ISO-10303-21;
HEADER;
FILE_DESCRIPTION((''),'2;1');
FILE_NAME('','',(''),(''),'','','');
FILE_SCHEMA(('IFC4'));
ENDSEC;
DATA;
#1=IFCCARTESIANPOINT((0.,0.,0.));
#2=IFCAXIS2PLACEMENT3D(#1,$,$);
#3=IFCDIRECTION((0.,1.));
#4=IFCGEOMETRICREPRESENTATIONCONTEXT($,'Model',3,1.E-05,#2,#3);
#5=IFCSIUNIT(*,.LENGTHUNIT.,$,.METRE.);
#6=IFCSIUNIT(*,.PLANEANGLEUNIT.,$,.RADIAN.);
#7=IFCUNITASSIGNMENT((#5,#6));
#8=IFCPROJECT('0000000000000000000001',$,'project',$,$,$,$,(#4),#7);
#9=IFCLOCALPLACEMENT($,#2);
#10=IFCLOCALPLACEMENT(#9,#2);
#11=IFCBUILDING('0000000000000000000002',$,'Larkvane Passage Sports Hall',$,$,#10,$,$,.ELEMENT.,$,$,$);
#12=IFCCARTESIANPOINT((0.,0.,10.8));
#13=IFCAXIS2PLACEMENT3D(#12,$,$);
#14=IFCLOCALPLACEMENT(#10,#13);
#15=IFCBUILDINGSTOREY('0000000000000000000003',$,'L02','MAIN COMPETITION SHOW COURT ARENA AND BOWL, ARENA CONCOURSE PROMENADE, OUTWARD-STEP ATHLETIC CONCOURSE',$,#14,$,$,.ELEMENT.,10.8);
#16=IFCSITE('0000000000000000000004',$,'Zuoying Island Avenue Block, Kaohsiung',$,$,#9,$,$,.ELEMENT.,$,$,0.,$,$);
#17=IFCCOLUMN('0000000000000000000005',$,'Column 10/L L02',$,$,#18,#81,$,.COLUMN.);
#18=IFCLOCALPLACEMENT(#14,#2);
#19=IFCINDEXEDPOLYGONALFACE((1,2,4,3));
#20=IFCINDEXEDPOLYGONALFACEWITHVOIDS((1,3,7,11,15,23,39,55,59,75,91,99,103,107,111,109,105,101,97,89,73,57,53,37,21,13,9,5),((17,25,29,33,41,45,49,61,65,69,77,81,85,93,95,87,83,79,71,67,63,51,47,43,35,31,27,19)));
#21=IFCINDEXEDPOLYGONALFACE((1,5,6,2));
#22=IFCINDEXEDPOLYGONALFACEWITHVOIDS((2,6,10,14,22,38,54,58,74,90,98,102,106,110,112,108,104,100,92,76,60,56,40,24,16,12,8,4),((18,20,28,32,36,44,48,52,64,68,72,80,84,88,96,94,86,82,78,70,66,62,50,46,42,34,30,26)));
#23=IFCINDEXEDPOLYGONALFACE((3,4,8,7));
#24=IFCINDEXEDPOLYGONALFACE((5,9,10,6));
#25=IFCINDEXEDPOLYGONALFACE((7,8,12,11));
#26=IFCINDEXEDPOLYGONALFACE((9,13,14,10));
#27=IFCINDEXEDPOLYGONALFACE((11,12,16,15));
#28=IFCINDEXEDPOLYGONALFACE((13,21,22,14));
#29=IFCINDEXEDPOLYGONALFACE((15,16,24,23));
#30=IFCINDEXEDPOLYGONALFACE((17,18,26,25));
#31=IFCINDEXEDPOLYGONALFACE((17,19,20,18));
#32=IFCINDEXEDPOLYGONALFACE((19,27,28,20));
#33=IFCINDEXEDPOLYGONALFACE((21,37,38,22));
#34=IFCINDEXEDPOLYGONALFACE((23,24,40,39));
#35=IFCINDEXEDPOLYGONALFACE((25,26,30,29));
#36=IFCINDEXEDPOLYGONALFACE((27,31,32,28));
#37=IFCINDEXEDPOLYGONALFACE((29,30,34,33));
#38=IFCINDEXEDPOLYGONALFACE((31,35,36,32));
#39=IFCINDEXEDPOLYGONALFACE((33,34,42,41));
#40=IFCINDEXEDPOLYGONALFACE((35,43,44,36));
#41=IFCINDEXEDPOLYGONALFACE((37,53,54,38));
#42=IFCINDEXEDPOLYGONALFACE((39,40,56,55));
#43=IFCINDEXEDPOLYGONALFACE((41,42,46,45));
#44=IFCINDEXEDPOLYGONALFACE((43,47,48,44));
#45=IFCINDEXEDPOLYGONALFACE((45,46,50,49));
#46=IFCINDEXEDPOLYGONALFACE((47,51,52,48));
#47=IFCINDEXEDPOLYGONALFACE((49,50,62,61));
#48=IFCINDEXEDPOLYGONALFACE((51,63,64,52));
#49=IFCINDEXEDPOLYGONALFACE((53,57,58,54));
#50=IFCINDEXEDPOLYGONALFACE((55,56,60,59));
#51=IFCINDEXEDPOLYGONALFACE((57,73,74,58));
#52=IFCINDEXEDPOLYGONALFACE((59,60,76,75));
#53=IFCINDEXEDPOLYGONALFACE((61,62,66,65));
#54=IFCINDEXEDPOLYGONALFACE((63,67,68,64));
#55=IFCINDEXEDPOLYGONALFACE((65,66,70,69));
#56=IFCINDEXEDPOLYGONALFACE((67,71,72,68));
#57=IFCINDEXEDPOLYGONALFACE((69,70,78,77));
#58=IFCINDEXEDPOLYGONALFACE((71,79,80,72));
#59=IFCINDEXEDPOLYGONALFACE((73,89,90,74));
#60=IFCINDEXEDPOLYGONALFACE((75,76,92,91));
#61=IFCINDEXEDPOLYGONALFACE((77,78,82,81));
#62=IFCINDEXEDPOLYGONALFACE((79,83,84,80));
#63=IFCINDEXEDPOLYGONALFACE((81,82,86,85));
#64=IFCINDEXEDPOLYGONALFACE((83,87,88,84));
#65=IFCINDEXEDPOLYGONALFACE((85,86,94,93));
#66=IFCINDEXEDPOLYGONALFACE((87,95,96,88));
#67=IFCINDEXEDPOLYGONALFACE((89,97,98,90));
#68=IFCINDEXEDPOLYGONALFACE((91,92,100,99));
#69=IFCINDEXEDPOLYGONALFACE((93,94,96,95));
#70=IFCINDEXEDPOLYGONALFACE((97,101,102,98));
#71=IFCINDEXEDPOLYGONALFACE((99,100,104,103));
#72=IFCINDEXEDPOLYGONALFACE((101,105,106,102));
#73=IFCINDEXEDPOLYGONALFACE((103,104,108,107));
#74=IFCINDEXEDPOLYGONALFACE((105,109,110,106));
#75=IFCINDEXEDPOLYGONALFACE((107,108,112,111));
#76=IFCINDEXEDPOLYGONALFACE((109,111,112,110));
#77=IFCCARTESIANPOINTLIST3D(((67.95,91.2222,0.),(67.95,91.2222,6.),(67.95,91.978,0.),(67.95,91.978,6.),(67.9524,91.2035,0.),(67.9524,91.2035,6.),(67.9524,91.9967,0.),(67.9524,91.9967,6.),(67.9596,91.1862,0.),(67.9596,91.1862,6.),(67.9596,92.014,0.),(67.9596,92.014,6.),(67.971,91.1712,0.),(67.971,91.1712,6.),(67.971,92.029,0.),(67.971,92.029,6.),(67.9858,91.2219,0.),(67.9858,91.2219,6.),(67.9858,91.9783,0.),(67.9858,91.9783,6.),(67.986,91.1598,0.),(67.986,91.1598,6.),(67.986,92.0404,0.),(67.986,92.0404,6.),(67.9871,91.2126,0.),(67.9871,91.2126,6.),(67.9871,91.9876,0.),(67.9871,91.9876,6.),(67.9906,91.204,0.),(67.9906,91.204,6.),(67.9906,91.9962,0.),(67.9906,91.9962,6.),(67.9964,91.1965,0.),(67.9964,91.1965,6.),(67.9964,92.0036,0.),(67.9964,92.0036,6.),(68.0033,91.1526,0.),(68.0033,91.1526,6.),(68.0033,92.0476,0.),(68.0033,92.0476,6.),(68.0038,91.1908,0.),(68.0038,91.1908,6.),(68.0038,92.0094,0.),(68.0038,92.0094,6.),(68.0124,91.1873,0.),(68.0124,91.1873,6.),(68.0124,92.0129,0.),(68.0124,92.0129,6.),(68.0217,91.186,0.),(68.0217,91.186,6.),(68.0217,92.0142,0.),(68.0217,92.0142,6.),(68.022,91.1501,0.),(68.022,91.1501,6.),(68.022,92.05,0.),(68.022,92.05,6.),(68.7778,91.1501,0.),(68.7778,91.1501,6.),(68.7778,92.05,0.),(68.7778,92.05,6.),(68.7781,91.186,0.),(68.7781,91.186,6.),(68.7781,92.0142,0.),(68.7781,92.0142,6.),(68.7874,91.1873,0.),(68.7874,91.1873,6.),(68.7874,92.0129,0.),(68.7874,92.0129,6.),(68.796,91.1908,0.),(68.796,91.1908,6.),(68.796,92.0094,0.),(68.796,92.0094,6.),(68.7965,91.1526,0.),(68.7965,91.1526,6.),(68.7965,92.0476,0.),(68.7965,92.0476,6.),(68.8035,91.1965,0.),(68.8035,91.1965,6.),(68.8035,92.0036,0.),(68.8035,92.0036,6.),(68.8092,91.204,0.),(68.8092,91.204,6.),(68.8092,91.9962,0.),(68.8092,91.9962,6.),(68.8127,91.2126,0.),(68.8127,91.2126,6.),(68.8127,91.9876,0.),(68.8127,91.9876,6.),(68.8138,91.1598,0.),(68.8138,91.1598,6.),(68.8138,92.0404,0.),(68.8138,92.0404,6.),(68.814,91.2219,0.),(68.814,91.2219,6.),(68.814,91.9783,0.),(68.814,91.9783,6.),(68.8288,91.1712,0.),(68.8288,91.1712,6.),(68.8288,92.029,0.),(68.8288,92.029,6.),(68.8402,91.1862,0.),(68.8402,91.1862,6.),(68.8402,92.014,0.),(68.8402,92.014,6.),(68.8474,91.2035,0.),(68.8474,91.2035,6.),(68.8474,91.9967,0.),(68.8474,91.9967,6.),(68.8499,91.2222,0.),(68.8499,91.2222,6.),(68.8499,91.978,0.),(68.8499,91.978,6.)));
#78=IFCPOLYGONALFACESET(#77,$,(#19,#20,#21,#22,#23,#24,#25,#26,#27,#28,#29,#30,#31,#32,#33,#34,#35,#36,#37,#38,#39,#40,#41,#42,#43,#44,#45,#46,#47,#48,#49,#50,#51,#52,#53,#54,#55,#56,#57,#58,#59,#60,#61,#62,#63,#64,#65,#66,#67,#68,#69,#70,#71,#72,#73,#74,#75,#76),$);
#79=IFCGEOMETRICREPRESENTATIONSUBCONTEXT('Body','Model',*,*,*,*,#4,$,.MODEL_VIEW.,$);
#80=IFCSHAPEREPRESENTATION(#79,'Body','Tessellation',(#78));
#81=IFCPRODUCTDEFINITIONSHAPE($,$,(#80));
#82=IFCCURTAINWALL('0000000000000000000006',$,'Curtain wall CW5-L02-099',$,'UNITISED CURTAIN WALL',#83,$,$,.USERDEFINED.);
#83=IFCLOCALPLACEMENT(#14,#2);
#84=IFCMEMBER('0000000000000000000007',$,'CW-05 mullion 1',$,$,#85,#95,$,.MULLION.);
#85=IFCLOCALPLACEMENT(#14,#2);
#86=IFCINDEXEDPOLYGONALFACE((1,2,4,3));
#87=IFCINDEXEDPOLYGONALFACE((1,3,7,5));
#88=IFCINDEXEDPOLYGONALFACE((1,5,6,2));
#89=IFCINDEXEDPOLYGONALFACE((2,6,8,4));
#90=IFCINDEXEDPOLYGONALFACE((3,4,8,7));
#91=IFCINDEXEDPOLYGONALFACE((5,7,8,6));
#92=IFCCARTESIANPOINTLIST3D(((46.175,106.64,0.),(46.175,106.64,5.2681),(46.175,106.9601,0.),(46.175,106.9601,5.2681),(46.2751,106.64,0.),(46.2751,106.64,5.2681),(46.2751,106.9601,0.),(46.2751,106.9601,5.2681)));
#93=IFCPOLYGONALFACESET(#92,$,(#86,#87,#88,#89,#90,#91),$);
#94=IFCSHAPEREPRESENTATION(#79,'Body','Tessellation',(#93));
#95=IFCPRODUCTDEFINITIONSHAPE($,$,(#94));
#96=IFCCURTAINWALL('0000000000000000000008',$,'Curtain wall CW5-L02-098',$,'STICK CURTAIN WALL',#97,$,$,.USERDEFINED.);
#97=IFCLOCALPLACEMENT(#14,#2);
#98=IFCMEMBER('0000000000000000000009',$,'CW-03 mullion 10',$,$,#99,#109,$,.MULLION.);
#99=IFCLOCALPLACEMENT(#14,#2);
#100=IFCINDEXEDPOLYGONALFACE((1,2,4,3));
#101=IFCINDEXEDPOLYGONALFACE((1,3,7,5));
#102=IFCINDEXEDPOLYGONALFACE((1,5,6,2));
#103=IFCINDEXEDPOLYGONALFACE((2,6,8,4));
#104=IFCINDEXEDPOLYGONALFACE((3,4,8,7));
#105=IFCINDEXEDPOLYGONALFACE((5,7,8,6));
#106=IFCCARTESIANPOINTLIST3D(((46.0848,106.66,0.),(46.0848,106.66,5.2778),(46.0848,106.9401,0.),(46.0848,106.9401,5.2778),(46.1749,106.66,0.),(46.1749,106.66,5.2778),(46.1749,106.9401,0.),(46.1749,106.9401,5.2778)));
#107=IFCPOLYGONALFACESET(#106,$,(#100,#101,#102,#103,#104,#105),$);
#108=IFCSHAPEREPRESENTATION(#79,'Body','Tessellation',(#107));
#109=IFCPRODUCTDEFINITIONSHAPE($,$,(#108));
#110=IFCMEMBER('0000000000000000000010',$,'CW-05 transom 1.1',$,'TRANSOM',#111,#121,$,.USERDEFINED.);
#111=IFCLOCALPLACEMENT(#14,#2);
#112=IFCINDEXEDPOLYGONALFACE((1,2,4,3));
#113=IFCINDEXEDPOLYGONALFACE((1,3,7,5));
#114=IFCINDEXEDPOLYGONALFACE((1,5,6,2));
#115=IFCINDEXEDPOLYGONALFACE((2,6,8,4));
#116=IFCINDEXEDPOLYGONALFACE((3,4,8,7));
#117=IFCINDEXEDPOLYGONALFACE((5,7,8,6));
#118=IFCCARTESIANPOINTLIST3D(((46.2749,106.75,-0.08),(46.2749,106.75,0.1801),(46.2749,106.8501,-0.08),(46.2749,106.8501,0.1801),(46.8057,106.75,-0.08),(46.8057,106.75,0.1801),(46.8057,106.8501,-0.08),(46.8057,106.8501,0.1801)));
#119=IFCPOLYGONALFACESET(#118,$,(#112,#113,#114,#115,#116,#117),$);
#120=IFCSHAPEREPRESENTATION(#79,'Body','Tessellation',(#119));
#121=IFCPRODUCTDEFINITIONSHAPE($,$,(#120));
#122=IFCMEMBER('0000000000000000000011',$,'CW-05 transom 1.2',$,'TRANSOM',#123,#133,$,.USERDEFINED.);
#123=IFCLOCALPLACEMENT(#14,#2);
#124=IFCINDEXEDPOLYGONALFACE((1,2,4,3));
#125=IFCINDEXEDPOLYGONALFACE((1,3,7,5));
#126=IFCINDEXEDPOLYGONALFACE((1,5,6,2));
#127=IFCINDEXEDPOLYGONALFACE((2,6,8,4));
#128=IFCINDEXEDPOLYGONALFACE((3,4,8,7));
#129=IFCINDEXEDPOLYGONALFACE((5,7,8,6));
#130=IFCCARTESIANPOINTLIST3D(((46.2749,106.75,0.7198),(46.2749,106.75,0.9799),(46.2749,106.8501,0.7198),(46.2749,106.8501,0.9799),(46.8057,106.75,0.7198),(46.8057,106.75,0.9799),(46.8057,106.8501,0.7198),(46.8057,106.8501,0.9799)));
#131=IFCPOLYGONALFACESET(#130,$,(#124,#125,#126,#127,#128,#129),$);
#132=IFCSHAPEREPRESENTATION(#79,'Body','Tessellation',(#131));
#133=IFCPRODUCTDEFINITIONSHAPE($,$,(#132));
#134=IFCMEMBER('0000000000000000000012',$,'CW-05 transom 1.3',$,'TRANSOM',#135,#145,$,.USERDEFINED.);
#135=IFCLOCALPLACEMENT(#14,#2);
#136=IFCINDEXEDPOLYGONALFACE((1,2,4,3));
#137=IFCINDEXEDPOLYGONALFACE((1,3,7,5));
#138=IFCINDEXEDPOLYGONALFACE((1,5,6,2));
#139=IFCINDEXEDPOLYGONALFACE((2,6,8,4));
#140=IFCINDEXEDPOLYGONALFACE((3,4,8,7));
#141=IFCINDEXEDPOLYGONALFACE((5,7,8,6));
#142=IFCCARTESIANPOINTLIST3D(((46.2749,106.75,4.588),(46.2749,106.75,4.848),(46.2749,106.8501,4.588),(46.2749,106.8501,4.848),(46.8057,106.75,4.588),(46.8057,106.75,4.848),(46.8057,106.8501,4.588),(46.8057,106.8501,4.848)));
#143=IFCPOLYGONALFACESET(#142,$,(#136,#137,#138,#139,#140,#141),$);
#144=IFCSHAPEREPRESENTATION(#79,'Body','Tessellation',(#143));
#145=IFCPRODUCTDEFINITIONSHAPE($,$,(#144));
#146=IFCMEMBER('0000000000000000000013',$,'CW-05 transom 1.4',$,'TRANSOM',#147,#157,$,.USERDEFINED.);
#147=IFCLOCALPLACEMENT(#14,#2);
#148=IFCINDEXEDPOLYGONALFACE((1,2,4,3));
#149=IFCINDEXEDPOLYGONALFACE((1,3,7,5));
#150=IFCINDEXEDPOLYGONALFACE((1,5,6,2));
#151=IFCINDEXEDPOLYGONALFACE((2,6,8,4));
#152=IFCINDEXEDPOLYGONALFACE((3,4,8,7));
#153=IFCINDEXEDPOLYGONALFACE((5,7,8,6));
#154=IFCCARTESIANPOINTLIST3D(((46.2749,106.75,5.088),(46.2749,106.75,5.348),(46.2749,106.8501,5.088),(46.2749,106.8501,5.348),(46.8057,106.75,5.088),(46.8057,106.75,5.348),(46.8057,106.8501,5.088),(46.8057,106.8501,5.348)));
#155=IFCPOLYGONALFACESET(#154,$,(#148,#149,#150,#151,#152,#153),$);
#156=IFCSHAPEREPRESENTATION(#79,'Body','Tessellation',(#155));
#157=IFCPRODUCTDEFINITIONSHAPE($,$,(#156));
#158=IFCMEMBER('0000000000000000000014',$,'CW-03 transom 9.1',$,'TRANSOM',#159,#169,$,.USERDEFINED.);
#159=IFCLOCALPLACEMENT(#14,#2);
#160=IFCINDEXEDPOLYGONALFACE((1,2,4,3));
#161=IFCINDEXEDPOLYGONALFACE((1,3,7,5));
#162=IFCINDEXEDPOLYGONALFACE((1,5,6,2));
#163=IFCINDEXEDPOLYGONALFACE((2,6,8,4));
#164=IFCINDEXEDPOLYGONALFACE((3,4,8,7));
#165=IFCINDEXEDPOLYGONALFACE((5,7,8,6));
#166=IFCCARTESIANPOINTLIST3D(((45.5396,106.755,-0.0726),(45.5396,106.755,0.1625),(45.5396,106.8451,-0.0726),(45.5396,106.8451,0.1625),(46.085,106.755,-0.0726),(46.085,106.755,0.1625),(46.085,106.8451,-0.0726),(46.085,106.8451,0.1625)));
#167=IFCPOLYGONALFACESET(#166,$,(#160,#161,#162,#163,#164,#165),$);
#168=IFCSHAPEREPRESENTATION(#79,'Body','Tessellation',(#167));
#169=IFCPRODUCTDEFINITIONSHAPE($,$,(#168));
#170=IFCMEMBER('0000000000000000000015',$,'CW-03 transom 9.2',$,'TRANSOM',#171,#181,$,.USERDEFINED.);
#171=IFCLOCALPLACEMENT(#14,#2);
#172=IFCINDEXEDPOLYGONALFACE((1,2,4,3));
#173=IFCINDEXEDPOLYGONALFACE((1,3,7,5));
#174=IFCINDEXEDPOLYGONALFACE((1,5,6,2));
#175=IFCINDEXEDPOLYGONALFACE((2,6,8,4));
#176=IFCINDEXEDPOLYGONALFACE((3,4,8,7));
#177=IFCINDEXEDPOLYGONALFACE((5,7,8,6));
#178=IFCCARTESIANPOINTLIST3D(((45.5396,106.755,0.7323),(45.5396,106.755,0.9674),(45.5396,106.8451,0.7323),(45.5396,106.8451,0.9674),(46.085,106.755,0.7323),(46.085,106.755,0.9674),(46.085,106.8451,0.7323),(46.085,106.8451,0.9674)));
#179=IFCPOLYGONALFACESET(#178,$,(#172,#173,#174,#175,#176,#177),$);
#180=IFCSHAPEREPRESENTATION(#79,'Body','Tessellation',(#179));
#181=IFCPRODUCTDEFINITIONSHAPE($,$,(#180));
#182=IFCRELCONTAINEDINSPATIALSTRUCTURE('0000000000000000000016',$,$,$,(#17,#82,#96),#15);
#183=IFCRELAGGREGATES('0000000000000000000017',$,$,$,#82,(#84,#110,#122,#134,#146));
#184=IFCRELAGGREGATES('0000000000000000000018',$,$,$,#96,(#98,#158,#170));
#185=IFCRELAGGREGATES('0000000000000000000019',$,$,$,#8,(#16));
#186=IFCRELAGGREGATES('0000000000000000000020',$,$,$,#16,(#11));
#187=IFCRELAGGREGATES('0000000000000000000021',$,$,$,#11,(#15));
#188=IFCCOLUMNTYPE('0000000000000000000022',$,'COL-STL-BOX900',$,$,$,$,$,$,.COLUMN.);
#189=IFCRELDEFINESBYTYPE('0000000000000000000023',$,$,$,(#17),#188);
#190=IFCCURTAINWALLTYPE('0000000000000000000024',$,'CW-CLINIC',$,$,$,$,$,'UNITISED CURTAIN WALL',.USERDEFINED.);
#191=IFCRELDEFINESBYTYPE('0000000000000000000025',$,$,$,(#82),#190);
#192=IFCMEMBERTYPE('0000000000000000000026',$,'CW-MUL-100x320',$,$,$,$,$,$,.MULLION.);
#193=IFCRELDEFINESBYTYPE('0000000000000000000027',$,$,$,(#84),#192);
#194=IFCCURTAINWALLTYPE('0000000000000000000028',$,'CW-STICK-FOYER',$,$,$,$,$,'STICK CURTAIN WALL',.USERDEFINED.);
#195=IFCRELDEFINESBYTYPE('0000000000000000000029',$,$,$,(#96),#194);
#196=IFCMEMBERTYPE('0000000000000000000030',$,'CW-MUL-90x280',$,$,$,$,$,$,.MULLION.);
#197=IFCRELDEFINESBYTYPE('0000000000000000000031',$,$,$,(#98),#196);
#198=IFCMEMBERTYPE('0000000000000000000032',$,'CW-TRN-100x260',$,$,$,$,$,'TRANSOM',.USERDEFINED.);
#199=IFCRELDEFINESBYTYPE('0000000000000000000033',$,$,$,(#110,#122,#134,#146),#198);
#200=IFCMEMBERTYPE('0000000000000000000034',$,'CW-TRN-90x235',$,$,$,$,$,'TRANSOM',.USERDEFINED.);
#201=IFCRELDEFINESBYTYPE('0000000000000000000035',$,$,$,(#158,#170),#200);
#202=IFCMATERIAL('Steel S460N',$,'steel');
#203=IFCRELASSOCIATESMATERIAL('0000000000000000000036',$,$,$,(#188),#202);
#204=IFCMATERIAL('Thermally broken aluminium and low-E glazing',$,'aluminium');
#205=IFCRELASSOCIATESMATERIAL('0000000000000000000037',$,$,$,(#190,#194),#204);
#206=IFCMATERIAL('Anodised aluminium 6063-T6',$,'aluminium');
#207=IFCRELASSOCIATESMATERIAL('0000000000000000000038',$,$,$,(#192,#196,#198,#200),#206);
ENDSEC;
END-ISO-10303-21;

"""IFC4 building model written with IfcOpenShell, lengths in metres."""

from ifc_helpers import new_model, si_unit, direction, frame, origin, origin_2d, place, context, subcontext, project, spatial, rectangle, hollow_rectangle, extrude, material, material_profile, profile_set, type_object, element, aggregate, save


model = new_model("IFC4")

# Units and contexts
model_context = context("Model", 3, precision=1e-05, world=origin(), true_north=direction((0.0, 1.0)))
body_context = subcontext(model_context, "Body", "Model", "MODEL_VIEW")
ifc_project = project(units=[si_unit("LENGTHUNIT", "METRE"), si_unit("PLANEANGLEUNIT", "RADIAN")], contexts=[model_context])

# Site, building, storey
site_placement = place(None, origin())
site = spatial("IfcSite", under=ifc_project, at=site_placement, Name="Zuoying Island Avenue Block, Kaohsiung", CompositionType="ELEMENT", RefElevation=0.0)
building_placement = place(site_placement, origin())
building = spatial("IfcBuilding", under=site, at=building_placement, Name="Larkvane Passage Sports Hall", CompositionType="ELEMENT")
storey_placement = place(building_placement, frame((0.0, 0.0, 10.8)))
storey = spatial("IfcBuildingStorey", under=building, at=storey_placement, Name="L02", Description="MAIN COMPETITION SHOW COURT ARENA AND BOWL, ARENA CONCOURSE PROMENADE, OUTWARD-STEP ATHLETIC CONCOURSE", CompositionType="ELEMENT", Elevation=10.8)

# Column
ifc_material_1 = material(Name="Steel S460N", Category="steel")
ifc_material_profile_1 = material_profile(ifc_material_1, hollow_rectangle(XDim=0.8999, YDim=0.8999, WallThickness=0.0359, InnerFilletRadius=0.0359, OuterFilletRadius=0.072, at=origin_2d()), Name="BOX-900x900x36")
ifc_profile_set_1 = profile_set([ifc_material_profile_1], Name="Steel S460N")
column_type_1 = type_object("IfcColumnType", Name="COL-STL-BOX900", PredefinedType="COLUMN", material=ifc_profile_set_1)
for number, where, z_axis, x_axis, name in (
    (1, (68.3999, 91.6001, 0.0), (0.0, 0.0, 1.0), (1.0, 0.0, 0.0), "Column 10/L L02"),
):
    element("IfcColumn", number, at=place(storey_placement, frame(where, z_axis=z_axis, x_axis=x_axis)), inside=storey, type_object=column_type_1, Name=name, PredefinedType="COLUMN", context=body_context, shape_type="SweptSolid", body=[
        extrude(hollow_rectangle(XDim=0.8999, YDim=0.8999, WallThickness=0.0359, InnerFilletRadius=0.0359, OuterFilletRadius=0.072, at=origin_2d()), origin(), (0.0, 0.0, 1.0), 6.0),
    ])

# Curtain walls, members
ifc_material_2 = material(Name="Thermally broken aluminium and low-E glazing", Category="aluminium")
curtain_wall_type_1 = type_object("IfcCurtainWallType", Name="CW-CLINIC", ElementType="UNITISED CURTAIN WALL", PredefinedType="USERDEFINED", material=ifc_material_2)
curtain_wall_1_placement = place(storey_placement, origin())
curtain_wall_1 = element("IfcCurtainWall", 2, at=curtain_wall_1_placement, inside=storey, type_object=curtain_wall_type_1, Name="Curtain wall CW5-L02-099", ObjectType="UNITISED CURTAIN WALL", PredefinedType="USERDEFINED")
ifc_material_3 = material(Name="Anodised aluminium 6063-T6", Category="aluminium")
ifc_material_profile_2 = material_profile(ifc_material_3, rectangle(XDim=0.1001, YDim=0.3201, at=origin_2d()), Name="ALU-MUL-100x320")
ifc_profile_set_2 = profile_set([ifc_material_profile_2], Name="Anodised aluminium 6063-T6")
member_type_1 = type_object("IfcMemberType", Name="CW-MUL-100x320", PredefinedType="MULLION", material=ifc_profile_set_2)
member_1_placement = place(storey_placement, frame((46.2251, 106.8, 0.0), z_axis=(0.0, 0.0, 1.0), x_axis=(1.0, 0.0, 0.0)))
member_1 = element("IfcMember", 3, at=member_1_placement, type_object=member_type_1, Name="CW-05 mullion 1", PredefinedType="MULLION", context=body_context, shape_type="SweptSolid", body=[
    extrude(rectangle(XDim=0.1001, YDim=0.3201, at=origin_2d()), origin(), (0.0, 0.0, 1.0), 5.2681),
])
curtain_wall_type_2 = type_object("IfcCurtainWallType", Name="CW-STICK-FOYER", ElementType="STICK CURTAIN WALL", PredefinedType="USERDEFINED", material=ifc_material_2)
curtain_wall_2_placement = place(storey_placement, origin())
curtain_wall_2 = element("IfcCurtainWall", 4, at=curtain_wall_2_placement, inside=storey, type_object=curtain_wall_type_2, Name="Curtain wall CW5-L02-098", ObjectType="STICK CURTAIN WALL", PredefinedType="USERDEFINED")
ifc_material_profile_3 = material_profile(ifc_material_3, rectangle(XDim=0.0901, YDim=0.28, at=origin_2d()), Name="ALU-MUL-90x280")
ifc_profile_set_3 = profile_set([ifc_material_profile_3], Name="Anodised aluminium 6063-T6")
member_type_2 = type_object("IfcMemberType", Name="CW-MUL-90x280", PredefinedType="MULLION", material=ifc_profile_set_3)
member_2_placement = place(storey_placement, frame((46.1299, 106.8, 0.0), z_axis=(0.0, 0.0, 1.0), x_axis=(1.0, 0.0, 0.0)))
member_2 = element("IfcMember", 5, at=member_2_placement, type_object=member_type_2, Name="CW-03 mullion 10", PredefinedType="MULLION", context=body_context, shape_type="SweptSolid", body=[
    extrude(rectangle(XDim=0.0901, YDim=0.28, at=origin_2d()), origin(), (0.0, 0.0, 1.0), 5.2778),
])

# Members
ifc_material_profile_4 = material_profile(ifc_material_3, rectangle(XDim=0.1001, YDim=0.26, at=origin_2d()), Name="ALU-TRN-100x260")
ifc_profile_set_4 = profile_set([ifc_material_profile_4], Name="Anodised aluminium 6063-T6")
member_type_3 = type_object("IfcMemberType", Name="CW-TRN-100x260", ElementType="TRANSOM", PredefinedType="USERDEFINED", material=ifc_profile_set_4)
member_3_placement = place(storey_placement, frame((46.2749, 106.8, 0.05), z_axis=(1.0, 0.0, 0.0), x_axis=(0.0, 1.0, 0.0)))
member_3 = element("IfcMember", 6, at=member_3_placement, type_object=member_type_3, Name="CW-05 transom 1.1", ObjectType="TRANSOM", PredefinedType="USERDEFINED", context=body_context, shape_type="SweptSolid", body=[
    extrude(rectangle(XDim=0.1001, YDim=0.26, at=origin_2d()), origin(), (0.0, 0.0, 1.0), 0.5308),
])
member_4_placement = place(storey_placement, frame((46.2749, 106.8, 0.8499), z_axis=(1.0, 0.0, 0.0), x_axis=(0.0, 1.0, 0.0)))
member_4 = element("IfcMember", 7, at=member_4_placement, type_object=member_type_3, Name="CW-05 transom 1.2", ObjectType="TRANSOM", PredefinedType="USERDEFINED", context=body_context, shape_type="SweptSolid", body=[
    extrude(rectangle(XDim=0.1001, YDim=0.26, at=origin_2d()), origin(), (0.0, 0.0, 1.0), 0.5308),
])
member_5_placement = place(storey_placement, frame((46.2749, 106.8, 4.718), z_axis=(1.0, 0.0, 0.0), x_axis=(0.0, 1.0, 0.0)))
member_5 = element("IfcMember", 8, at=member_5_placement, type_object=member_type_3, Name="CW-05 transom 1.3", ObjectType="TRANSOM", PredefinedType="USERDEFINED", context=body_context, shape_type="SweptSolid", body=[
    extrude(rectangle(XDim=0.1001, YDim=0.26, at=origin_2d()), origin(), (0.0, 0.0, 1.0), 0.5308),
])
member_6_placement = place(storey_placement, frame((46.2749, 106.8, 5.218), z_axis=(1.0, 0.0, 0.0), x_axis=(0.0, 1.0, 0.0)))
member_6 = element("IfcMember", 9, at=member_6_placement, type_object=member_type_3, Name="CW-05 transom 1.4", ObjectType="TRANSOM", PredefinedType="USERDEFINED", context=body_context, shape_type="SweptSolid", body=[
    extrude(rectangle(XDim=0.1001, YDim=0.26, at=origin_2d()), origin(), (0.0, 0.0, 1.0), 0.5308),
])
ifc_material_profile_5 = material_profile(ifc_material_3, rectangle(XDim=0.0901, YDim=0.2351, at=origin_2d()), Name="ALU-TRN-90x235")
ifc_profile_set_5 = profile_set([ifc_material_profile_5], Name="Anodised aluminium 6063-T6")
member_type_4 = type_object("IfcMemberType", Name="CW-TRN-90x235", ElementType="TRANSOM", PredefinedType="USERDEFINED", material=ifc_profile_set_5)
member_7_placement = place(storey_placement, frame((45.5396, 106.8, 0.0449), z_axis=(1.0, 0.0, 0.0), x_axis=(0.0, 1.0, 0.0)))
member_7 = element("IfcMember", 10, at=member_7_placement, type_object=member_type_4, Name="CW-03 transom 9.1", ObjectType="TRANSOM", PredefinedType="USERDEFINED", context=body_context, shape_type="SweptSolid", body=[
    extrude(rectangle(XDim=0.0901, YDim=0.2351, at=origin_2d()), origin(), (0.0, 0.0, 1.0), 0.5454),
])
member_8_placement = place(storey_placement, frame((45.5396, 106.8, 0.8499), z_axis=(1.0, 0.0, 0.0), x_axis=(0.0, 1.0, 0.0)))
member_8 = element("IfcMember", 11, at=member_8_placement, type_object=member_type_4, Name="CW-03 transom 9.2", ObjectType="TRANSOM", PredefinedType="USERDEFINED", context=body_context, shape_type="SweptSolid", body=[
    extrude(rectangle(XDim=0.0901, YDim=0.2351, at=origin_2d()), origin(), (0.0, 0.0, 1.0), 0.5454),
])

aggregate(curtain_wall_1, [member_1, member_3, member_4, member_5, member_6])
aggregate(curtain_wall_2, [member_2, member_7, member_8])

save(model, "model.ifc")
